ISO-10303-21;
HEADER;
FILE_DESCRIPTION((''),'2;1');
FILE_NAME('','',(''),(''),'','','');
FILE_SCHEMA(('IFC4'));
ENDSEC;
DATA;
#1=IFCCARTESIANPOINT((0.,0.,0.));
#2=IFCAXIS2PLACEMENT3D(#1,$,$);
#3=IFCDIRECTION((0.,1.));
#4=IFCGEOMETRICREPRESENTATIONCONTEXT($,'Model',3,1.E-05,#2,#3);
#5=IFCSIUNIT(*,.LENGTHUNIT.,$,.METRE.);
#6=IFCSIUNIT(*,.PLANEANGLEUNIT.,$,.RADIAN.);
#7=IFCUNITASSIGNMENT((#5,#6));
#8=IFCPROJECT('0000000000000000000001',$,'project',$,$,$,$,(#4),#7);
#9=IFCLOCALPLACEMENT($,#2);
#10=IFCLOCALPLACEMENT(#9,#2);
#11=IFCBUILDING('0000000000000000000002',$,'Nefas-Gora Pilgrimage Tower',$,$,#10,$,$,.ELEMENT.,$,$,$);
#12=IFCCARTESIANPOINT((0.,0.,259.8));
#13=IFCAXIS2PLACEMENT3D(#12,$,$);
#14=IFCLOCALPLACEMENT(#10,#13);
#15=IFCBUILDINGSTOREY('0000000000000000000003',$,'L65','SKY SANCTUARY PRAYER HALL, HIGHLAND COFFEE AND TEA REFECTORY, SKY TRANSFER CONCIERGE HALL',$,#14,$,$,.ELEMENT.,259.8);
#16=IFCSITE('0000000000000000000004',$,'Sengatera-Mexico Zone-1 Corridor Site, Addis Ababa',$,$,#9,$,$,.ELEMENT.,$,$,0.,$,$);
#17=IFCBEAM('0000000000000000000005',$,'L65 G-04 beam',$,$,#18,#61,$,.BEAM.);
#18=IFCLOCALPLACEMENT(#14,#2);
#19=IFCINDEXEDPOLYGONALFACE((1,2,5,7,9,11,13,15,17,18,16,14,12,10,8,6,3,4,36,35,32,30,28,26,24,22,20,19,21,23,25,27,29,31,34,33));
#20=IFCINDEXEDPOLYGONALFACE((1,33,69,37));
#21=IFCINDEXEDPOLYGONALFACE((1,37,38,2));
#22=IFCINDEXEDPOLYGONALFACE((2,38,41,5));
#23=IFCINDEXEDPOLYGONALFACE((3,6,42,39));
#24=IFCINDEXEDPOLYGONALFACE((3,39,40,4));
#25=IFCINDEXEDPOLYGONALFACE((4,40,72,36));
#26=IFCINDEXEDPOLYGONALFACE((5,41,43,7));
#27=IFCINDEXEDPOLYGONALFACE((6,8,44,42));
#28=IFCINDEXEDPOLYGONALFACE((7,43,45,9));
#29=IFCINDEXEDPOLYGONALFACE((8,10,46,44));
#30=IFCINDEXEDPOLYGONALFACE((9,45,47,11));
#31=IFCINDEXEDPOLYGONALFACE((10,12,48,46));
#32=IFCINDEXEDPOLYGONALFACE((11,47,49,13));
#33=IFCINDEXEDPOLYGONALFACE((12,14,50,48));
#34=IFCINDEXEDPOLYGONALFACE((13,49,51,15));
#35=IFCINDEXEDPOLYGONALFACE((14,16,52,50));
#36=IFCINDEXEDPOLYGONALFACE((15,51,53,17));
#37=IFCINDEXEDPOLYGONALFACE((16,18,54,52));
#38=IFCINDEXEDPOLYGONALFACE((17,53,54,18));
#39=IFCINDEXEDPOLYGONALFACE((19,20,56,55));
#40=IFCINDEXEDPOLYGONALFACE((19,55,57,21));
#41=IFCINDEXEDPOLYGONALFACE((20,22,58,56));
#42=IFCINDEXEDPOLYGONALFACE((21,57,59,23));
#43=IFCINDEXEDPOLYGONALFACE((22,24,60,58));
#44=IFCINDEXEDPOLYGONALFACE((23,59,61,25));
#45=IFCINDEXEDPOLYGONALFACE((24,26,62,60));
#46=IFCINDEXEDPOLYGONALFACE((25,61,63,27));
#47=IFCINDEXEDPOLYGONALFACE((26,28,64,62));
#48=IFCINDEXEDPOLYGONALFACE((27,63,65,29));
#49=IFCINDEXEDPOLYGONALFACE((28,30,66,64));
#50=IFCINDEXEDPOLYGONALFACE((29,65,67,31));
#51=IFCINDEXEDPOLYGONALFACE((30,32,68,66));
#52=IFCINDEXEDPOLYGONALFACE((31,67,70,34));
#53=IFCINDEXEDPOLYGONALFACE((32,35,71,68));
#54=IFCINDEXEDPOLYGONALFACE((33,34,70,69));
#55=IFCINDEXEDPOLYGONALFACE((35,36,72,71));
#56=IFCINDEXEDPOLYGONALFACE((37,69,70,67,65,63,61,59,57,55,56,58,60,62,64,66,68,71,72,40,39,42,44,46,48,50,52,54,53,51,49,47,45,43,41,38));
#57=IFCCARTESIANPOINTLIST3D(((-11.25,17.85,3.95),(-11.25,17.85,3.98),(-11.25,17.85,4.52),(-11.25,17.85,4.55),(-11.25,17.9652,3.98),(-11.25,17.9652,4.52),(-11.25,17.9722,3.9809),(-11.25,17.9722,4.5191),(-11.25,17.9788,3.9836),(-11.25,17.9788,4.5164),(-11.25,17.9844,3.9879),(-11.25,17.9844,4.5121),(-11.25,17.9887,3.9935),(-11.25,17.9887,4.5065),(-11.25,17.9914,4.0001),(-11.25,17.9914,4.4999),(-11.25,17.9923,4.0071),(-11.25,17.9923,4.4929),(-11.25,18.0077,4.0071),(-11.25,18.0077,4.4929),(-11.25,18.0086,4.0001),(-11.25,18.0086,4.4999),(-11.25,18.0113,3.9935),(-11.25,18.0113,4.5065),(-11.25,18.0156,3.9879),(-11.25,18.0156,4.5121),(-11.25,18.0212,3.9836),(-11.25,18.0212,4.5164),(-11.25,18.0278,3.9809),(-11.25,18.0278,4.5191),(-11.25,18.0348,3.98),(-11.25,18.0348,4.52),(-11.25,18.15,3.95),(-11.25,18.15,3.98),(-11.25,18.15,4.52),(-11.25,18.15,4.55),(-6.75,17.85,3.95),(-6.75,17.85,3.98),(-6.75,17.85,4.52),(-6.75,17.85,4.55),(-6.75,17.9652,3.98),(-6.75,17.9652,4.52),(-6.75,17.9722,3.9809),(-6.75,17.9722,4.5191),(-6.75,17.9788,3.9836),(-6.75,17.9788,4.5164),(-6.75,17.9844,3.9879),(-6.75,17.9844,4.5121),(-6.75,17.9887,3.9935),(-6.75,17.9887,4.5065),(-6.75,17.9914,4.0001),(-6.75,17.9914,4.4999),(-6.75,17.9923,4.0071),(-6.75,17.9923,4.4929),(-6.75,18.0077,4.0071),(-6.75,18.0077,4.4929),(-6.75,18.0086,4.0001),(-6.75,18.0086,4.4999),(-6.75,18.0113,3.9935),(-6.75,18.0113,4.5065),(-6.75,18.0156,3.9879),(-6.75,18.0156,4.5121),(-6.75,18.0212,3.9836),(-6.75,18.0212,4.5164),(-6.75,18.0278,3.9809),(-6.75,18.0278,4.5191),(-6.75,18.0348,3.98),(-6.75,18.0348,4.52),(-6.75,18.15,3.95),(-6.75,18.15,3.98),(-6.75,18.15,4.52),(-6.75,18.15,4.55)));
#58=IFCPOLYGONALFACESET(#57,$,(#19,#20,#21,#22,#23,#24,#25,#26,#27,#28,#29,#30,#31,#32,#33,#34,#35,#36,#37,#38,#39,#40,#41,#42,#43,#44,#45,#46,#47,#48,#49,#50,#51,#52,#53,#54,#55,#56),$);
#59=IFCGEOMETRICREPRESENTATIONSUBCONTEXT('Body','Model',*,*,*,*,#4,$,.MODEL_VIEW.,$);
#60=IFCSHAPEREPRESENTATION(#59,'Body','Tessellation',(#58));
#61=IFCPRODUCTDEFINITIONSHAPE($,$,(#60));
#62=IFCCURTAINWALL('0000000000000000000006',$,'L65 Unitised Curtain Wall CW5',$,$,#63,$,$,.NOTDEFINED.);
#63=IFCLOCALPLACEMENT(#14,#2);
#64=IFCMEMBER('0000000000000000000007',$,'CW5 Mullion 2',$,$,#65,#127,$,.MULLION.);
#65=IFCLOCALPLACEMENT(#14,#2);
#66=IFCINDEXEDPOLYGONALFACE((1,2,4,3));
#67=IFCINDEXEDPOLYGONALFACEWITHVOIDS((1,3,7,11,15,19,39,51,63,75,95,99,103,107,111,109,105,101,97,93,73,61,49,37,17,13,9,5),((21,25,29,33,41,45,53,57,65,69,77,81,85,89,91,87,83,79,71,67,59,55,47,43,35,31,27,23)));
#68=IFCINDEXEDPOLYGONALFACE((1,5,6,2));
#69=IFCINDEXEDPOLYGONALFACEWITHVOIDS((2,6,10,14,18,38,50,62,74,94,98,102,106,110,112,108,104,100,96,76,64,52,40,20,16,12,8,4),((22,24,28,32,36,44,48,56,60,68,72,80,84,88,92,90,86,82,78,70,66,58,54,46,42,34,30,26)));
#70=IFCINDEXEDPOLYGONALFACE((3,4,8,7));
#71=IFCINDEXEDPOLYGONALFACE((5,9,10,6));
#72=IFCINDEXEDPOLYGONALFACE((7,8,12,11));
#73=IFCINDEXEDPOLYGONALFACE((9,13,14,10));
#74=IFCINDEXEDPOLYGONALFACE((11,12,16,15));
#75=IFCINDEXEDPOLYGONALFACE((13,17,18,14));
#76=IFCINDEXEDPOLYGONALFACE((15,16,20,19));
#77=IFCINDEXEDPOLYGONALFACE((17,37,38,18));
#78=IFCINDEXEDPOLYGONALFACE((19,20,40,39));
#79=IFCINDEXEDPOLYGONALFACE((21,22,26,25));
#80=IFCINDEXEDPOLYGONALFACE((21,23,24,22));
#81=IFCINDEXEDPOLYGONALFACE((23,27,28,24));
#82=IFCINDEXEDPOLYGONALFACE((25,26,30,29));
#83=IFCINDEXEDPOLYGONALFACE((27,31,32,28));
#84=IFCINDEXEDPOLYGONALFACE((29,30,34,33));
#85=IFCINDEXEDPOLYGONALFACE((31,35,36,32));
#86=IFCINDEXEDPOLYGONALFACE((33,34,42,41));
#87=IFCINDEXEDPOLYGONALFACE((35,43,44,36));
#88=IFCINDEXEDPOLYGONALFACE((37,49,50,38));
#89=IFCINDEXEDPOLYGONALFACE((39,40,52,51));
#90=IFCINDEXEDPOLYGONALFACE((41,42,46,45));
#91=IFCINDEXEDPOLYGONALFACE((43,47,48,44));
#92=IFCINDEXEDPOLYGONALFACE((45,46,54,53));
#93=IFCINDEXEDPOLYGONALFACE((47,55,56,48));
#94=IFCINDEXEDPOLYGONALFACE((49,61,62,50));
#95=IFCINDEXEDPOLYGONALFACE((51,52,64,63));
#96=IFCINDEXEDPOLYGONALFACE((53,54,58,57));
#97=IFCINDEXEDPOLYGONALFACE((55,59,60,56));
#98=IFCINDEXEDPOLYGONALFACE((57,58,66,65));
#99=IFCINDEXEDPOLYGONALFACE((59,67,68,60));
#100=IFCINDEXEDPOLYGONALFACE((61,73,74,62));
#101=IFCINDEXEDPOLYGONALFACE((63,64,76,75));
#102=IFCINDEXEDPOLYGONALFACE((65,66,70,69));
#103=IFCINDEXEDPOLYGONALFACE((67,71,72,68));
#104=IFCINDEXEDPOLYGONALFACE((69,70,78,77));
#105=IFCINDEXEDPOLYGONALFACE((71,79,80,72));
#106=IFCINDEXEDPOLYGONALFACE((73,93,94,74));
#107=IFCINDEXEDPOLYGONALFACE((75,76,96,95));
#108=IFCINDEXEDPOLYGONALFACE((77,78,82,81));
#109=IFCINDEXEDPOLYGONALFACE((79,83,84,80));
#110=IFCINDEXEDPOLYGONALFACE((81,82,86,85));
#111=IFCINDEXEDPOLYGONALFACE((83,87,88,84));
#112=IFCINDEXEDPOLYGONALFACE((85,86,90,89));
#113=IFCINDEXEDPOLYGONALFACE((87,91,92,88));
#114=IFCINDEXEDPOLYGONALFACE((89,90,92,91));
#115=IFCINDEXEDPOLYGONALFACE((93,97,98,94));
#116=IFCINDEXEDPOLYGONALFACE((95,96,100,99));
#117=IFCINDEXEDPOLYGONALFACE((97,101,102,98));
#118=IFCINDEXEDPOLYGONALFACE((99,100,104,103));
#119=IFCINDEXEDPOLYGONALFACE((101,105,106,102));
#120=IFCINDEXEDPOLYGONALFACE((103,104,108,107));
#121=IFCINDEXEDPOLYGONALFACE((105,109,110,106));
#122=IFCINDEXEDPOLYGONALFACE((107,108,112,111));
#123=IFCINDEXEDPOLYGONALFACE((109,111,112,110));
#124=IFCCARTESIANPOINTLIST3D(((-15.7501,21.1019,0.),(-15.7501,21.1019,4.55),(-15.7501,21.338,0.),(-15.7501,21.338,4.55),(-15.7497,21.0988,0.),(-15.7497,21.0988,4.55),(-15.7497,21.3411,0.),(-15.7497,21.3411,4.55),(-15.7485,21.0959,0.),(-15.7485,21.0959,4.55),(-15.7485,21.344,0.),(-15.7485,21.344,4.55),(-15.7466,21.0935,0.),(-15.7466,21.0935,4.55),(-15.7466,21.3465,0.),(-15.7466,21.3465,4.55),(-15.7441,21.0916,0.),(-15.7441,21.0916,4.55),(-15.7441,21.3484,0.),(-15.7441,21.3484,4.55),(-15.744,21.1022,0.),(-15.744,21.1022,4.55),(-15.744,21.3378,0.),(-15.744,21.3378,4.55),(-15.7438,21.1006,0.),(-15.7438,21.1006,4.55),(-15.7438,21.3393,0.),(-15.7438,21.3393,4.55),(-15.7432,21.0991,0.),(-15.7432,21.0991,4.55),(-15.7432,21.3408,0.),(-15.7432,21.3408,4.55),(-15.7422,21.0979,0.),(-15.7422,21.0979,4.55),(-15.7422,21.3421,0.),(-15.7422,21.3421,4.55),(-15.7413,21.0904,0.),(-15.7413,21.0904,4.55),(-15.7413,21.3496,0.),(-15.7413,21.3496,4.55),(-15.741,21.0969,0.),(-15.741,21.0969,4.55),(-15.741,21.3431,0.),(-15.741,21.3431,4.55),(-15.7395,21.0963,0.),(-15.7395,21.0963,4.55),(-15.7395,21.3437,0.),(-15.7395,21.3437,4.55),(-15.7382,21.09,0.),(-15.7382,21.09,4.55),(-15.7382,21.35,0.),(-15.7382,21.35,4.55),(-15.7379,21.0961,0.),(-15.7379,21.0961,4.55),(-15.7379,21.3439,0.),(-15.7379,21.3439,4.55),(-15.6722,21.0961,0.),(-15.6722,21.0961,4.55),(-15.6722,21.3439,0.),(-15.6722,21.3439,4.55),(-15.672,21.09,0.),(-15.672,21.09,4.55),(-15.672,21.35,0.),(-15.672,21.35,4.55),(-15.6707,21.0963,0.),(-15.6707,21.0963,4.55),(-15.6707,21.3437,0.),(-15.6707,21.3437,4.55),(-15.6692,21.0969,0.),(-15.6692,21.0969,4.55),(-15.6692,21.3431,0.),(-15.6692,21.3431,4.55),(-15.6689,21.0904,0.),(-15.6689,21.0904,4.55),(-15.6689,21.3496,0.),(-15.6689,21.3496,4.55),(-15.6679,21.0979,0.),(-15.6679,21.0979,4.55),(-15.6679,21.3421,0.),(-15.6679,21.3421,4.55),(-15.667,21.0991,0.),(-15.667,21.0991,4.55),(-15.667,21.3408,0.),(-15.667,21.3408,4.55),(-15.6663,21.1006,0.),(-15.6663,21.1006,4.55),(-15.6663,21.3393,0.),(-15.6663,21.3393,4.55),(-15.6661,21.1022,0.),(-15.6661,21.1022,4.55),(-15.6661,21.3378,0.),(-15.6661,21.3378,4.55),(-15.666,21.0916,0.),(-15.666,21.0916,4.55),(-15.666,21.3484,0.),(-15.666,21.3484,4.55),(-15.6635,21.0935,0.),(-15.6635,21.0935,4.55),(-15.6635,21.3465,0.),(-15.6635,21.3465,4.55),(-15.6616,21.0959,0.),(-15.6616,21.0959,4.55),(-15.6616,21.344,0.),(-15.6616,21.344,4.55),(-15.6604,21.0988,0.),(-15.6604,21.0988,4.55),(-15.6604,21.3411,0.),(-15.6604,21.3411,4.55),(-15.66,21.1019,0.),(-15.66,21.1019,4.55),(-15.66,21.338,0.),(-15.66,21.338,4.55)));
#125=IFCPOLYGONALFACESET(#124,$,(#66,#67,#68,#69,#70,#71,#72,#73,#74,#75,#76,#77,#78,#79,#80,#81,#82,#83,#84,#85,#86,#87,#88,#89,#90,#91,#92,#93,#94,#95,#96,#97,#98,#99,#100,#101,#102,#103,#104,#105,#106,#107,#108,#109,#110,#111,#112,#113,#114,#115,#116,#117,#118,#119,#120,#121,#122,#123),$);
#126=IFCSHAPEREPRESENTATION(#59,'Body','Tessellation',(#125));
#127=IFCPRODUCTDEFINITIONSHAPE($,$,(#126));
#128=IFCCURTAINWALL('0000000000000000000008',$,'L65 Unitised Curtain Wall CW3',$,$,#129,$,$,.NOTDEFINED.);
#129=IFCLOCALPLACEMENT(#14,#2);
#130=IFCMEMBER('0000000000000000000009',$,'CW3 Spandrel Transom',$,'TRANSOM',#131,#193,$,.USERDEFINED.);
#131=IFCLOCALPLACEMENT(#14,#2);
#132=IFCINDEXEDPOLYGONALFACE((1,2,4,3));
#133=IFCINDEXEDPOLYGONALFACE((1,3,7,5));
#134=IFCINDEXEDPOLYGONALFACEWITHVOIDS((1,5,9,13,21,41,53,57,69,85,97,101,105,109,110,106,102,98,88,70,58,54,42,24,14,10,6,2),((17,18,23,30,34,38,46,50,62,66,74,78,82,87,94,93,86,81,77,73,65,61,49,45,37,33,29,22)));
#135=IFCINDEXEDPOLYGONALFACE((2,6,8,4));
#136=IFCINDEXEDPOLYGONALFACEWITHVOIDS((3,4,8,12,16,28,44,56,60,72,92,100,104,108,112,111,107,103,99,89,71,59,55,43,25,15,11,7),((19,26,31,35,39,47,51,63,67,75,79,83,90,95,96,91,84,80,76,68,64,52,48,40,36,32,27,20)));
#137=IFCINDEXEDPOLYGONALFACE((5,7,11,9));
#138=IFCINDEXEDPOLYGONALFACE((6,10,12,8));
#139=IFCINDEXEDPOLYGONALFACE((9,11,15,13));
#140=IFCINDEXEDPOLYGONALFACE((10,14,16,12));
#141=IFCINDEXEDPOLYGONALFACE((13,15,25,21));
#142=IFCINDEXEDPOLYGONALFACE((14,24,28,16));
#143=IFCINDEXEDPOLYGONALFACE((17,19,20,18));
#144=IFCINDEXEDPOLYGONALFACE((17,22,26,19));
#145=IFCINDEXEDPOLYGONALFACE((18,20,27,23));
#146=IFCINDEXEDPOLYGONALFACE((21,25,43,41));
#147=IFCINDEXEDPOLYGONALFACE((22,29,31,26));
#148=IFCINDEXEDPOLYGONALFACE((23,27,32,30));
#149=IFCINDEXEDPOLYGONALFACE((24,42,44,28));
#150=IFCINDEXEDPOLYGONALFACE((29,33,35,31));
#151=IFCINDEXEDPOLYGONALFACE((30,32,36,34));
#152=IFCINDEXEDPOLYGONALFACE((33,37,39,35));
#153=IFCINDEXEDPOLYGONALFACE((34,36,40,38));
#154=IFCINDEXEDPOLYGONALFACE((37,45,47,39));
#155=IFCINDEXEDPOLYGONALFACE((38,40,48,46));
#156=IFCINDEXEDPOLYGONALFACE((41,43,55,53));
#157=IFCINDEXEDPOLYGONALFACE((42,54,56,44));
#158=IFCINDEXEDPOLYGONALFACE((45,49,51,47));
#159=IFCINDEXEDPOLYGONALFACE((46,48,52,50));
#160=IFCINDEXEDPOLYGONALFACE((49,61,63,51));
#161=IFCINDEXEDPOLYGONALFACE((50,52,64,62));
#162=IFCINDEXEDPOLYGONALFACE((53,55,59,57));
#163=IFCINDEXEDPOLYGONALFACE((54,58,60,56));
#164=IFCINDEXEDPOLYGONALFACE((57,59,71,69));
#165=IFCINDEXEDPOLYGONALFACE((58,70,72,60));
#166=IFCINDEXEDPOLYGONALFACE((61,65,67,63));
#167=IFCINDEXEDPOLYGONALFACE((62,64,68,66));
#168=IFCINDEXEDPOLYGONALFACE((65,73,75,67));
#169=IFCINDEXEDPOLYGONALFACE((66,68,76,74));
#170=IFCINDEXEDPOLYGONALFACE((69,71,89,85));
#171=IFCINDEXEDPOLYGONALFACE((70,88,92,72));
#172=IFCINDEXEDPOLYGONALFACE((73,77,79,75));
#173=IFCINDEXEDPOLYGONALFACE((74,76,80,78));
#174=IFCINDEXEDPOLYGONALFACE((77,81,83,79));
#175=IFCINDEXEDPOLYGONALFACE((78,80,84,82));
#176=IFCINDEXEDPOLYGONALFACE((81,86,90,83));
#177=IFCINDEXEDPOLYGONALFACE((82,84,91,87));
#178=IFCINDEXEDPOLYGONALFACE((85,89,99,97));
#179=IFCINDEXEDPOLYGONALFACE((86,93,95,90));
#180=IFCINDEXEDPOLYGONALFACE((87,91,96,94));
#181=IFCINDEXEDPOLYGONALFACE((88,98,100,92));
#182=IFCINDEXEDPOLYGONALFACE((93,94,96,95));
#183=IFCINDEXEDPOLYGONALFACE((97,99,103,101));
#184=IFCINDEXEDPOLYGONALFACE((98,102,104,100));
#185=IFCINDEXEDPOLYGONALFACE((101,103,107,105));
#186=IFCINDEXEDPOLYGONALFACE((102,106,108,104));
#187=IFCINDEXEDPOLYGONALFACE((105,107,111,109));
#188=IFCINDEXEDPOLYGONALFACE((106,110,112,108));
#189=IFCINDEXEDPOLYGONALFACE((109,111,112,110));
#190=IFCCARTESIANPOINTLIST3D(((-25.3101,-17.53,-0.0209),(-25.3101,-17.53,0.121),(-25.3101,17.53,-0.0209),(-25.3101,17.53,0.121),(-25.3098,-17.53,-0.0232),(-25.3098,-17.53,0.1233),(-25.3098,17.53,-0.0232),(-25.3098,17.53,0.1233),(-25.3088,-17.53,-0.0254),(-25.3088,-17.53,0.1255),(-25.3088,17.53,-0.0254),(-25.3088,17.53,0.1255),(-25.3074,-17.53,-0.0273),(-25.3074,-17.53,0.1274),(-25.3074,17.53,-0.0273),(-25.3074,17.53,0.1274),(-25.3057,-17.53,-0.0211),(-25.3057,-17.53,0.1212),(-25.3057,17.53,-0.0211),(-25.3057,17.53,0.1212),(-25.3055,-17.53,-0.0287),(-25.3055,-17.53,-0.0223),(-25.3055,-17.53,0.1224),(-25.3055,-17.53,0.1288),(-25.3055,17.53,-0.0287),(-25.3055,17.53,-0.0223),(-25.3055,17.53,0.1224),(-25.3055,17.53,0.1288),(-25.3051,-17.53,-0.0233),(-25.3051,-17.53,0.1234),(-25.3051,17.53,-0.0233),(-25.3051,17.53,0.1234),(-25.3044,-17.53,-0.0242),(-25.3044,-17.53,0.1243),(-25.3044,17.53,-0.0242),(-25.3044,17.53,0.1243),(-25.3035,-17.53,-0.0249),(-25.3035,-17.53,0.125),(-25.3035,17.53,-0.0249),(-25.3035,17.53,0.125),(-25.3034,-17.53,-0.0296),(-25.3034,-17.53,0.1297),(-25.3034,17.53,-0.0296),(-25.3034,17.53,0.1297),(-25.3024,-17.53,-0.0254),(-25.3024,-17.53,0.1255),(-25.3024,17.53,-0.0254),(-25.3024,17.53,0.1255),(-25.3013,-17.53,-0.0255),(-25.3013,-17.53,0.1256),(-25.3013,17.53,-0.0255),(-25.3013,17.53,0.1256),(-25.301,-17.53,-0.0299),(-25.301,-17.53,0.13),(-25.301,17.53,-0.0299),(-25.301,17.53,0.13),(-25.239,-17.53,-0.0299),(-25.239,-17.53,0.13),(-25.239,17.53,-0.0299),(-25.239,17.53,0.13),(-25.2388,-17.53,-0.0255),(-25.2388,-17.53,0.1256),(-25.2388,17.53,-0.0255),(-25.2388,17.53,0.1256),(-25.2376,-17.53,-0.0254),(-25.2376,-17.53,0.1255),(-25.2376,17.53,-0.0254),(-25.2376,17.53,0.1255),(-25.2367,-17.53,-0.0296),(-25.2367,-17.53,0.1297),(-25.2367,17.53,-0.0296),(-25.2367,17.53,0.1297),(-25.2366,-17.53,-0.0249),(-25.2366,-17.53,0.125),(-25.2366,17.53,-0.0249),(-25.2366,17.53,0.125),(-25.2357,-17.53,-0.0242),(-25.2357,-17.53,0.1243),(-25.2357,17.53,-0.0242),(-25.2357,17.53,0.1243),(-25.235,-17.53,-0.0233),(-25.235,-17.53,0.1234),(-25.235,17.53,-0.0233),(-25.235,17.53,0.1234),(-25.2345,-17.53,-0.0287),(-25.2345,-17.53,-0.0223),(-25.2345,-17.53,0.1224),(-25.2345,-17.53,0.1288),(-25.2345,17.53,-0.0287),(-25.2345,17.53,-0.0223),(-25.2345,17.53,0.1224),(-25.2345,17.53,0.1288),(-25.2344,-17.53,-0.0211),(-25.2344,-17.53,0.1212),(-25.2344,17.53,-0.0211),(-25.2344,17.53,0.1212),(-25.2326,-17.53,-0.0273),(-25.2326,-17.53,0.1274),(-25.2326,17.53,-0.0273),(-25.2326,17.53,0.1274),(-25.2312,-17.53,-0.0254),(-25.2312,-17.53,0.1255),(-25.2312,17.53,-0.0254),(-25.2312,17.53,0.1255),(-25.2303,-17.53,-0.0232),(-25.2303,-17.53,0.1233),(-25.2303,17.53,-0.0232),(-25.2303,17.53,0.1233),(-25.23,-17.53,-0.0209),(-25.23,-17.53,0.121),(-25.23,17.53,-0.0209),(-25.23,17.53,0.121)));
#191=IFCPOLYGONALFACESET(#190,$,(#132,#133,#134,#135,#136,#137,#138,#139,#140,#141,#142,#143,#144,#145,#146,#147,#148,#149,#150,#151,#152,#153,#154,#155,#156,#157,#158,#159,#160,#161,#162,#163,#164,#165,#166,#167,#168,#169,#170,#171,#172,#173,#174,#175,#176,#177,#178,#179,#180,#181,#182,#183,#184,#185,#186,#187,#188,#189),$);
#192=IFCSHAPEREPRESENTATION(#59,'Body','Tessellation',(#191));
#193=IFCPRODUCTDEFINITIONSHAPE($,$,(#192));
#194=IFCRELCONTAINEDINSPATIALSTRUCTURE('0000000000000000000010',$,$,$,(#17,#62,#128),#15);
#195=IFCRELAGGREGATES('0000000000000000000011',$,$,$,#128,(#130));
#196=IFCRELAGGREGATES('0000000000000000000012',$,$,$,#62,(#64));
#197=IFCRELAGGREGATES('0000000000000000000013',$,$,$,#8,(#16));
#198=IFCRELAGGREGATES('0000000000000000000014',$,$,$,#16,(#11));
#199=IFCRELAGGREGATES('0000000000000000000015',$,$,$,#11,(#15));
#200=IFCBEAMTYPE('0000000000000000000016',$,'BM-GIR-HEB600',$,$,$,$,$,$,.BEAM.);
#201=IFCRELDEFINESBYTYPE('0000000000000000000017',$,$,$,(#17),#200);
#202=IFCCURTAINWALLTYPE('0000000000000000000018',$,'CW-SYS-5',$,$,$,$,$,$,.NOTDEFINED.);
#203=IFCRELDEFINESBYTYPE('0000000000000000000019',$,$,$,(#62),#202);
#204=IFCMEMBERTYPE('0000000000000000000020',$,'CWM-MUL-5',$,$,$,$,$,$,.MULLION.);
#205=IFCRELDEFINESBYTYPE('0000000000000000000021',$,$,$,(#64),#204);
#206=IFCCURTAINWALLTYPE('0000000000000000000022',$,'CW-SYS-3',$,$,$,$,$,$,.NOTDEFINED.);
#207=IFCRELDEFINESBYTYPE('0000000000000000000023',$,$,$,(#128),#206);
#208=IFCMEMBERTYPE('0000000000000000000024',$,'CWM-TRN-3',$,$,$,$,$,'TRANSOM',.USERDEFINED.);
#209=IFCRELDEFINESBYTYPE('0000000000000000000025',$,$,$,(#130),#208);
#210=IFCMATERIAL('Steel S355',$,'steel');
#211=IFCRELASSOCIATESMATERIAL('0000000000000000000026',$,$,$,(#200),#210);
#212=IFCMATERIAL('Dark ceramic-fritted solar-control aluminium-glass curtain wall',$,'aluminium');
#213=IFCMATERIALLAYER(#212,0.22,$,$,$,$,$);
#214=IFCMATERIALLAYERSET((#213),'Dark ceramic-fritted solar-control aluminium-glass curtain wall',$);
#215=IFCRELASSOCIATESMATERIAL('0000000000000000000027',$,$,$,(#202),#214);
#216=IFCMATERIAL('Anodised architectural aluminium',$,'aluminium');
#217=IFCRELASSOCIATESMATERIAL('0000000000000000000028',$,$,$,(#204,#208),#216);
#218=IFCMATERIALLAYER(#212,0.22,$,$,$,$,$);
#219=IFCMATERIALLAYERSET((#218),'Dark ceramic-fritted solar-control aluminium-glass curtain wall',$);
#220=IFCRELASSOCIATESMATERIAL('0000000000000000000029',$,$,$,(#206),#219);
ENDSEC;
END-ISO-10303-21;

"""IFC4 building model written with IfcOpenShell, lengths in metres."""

from ifc_helpers import new_model, si_unit, direction, frame, origin, origin_2d, place, context, subcontext, project, spatial, hollow_rectangle, i_section, extrude, source, transform, mapped, material, layer, layer_set, material_profile, profile_set, type_object, element, aggregate, save


model = new_model("IFC4")

# Units and contexts
model_context = context("Model", 3, precision=1e-05, world=origin(), true_north=direction((0.0, 1.0)))
body_context = subcontext(model_context, "Body", "Model", "MODEL_VIEW")
ifc_project = project(units=[si_unit("LENGTHUNIT", "METRE"), si_unit("PLANEANGLEUNIT", "RADIAN")], contexts=[model_context])

# Site, building, storey
site_placement = place(None, origin())
site = spatial("IfcSite", under=ifc_project, at=site_placement, Name="Sengatera-Mexico Zone-1 Corridor Site, Addis Ababa", CompositionType="ELEMENT", RefElevation=0.0)
building_placement = place(site_placement, origin())
building = spatial("IfcBuilding", under=site, at=building_placement, Name="Nefas-Gora Pilgrimage Tower", CompositionType="ELEMENT")
storey_placement = place(building_placement, frame((0.0, 0.0, 259.8)))
storey = spatial("IfcBuildingStorey", under=building, at=storey_placement, Name="L65", Description="SKY SANCTUARY PRAYER HALL, HIGHLAND COFFEE AND TEA REFECTORY, SKY TRANSFER CONCIERGE HALL", CompositionType="ELEMENT", Elevation=259.8)

# Beam
ifc_material_1 = material(Name="Steel S355", Category="steel")
ifc_material_profile_1 = material_profile(ifc_material_1, i_section(OverallWidth=0.3, OverallDepth=0.6001, WebThickness=0.0154, FlangeThickness=0.03, FilletRadius=0.0271, at=origin_2d()), Name="HEB 600")
ifc_profile_set_1 = profile_set([ifc_material_profile_1], Name="Steel S355")
beam_type = type_object("IfcBeamType", Name="BM-GIR-HEB600", PredefinedType="BEAM", material=ifc_profile_set_1)
shared_shape_1 = source(origin(), body_context, "Body", "SweptSolid", [
    extrude(i_section(OverallWidth=0.3, OverallDepth=0.6001, WebThickness=0.0154, FlangeThickness=0.03, FilletRadius=0.0271, at=origin_2d()), origin(), (0.0, 0.0, 1.0), 4.5),
])
beam_placement = place(storey_placement, frame((-11.25, 18.0, 4.25), z_axis=(1.0, 0.0, 0.0), x_axis=(0.0, 1.0, 0.0)))
element("IfcBeam", 1, at=beam_placement, inside=storey, type_object=beam_type, Name="L65 G-04 beam", PredefinedType="BEAM", context=body_context, shape_type="MappedRepresentation", body=[
    mapped(shared_shape_1, transform((0.0, 0.0, 0.0), x_axis=(1.0, 0.0, 0.0), y_axis=(0.0, 1.0, 0.0), z_axis=(0.0, 0.0, 1.0), scale=1.0)),
])

# Curtain walls, members
ifc_material_2 = material(Name="Dark ceramic-fritted solar-control aluminium-glass curtain wall", Category="aluminium")
ifc_layer_1 = layer(ifc_material_2, 0.22)
ifc_layer_set_1 = layer_set([ifc_layer_1], Name="Dark ceramic-fritted solar-control aluminium-glass curtain wall")
curtain_wall_type_1 = type_object("IfcCurtainWallType", Name="CW-SYS-5", PredefinedType="NOTDEFINED", material=ifc_layer_set_1)
curtain_wall_1_placement = place(storey_placement, origin())
curtain_wall_1 = element("IfcCurtainWall", 2, at=curtain_wall_1_placement, inside=storey, type_object=curtain_wall_type_1, Name="L65 Unitised Curtain Wall CW5", PredefinedType="NOTDEFINED")
ifc_material_3 = material(Name="Anodised architectural aluminium", Category="aluminium")
ifc_material_profile_2 = material_profile(ifc_material_3, hollow_rectangle(XDim=0.0901, YDim=0.26, WallThickness=0.0061, InnerFilletRadius=0.0061, OuterFilletRadius=0.012, at=origin_2d()), Name="ALU MULLION 90x260")
ifc_profile_set_2 = profile_set([ifc_material_profile_2], Name="Anodised architectural aluminium")
member_type_1 = type_object("IfcMemberType", Name="CWM-MUL-5", PredefinedType="MULLION", material=ifc_profile_set_2)
shared_shape_2 = source(origin(), body_context, "Body", "SweptSolid", [
    extrude(hollow_rectangle(XDim=0.0901, YDim=0.26, WallThickness=0.0061, InnerFilletRadius=0.0061, OuterFilletRadius=0.012, at=origin_2d()), origin(), (0.0, 0.0, 1.0), 4.55),
])
member_1_placement = place(storey_placement, frame((-15.7051, 21.22, 0.0), z_axis=(0.0, 0.0, 1.0), x_axis=(-1.0, 0.0, 0.0)))
member_1 = element("IfcMember", 3, at=member_1_placement, type_object=member_type_1, Name="CW5 Mullion 2", PredefinedType="MULLION", context=body_context, shape_type="MappedRepresentation", body=[
    mapped(shared_shape_2, transform((0.0, 0.0, 0.0), x_axis=(1.0, 0.0, 0.0), y_axis=(0.0, 1.0, 0.0), z_axis=(0.0, 0.0, 1.0), scale=1.0)),
])
ifc_layer_2 = layer(ifc_material_2, 0.22)
ifc_layer_set_2 = layer_set([ifc_layer_2], Name="Dark ceramic-fritted solar-control aluminium-glass curtain wall")
curtain_wall_type_2 = type_object("IfcCurtainWallType", Name="CW-SYS-3", PredefinedType="NOTDEFINED", material=ifc_layer_set_2)
curtain_wall_2_placement = place(storey_placement, origin())
curtain_wall_2 = element("IfcCurtainWall", 4, at=curtain_wall_2_placement, inside=storey, type_object=curtain_wall_type_2, Name="L65 Unitised Curtain Wall CW3", PredefinedType="NOTDEFINED")
ifc_material_profile_3 = material_profile(ifc_material_3, hollow_rectangle(XDim=0.0801, YDim=0.1599, WallThickness=0.0044, InnerFilletRadius=0.0044, OuterFilletRadius=0.009, at=origin_2d()), Name="ALU TRANSOM 80x160")
ifc_profile_set_3 = profile_set([ifc_material_profile_3], Name="Anodised architectural aluminium")
member_type_2 = type_object("IfcMemberType", Name="CWM-TRN-3", ElementType="TRANSOM", PredefinedType="USERDEFINED", material=ifc_profile_set_3)
shared_shape_3 = source(origin(), body_context, "Body", "SweptSolid", [
    extrude(hollow_rectangle(XDim=0.0801, YDim=0.1599, WallThickness=0.0044, InnerFilletRadius=0.0044, OuterFilletRadius=0.009, at=origin_2d()), origin(), (0.0, 0.0, 1.0), 35.0601),
])
member_2_placement = place(storey_placement, frame((-25.27, 17.53, 0.05), z_axis=(0.0, -1.0, 0.0), x_axis=(1.0, 0.0, 0.0)))
member_2 = element("IfcMember", 5, at=member_2_placement, type_object=member_type_2, Name="CW3 Spandrel Transom", ObjectType="TRANSOM", PredefinedType="USERDEFINED", context=body_context, shape_type="MappedRepresentation", body=[
    mapped(shared_shape_3, transform((0.0, 0.0, 0.0), x_axis=(1.0, 0.0, 0.0), y_axis=(0.0, 1.0, 0.0), z_axis=(0.0, 0.0, 1.0), scale=1.0)),
])

aggregate(curtain_wall_2, [member_2])

aggregate(curtain_wall_1, [member_1])

save(model, "model.ifc")
